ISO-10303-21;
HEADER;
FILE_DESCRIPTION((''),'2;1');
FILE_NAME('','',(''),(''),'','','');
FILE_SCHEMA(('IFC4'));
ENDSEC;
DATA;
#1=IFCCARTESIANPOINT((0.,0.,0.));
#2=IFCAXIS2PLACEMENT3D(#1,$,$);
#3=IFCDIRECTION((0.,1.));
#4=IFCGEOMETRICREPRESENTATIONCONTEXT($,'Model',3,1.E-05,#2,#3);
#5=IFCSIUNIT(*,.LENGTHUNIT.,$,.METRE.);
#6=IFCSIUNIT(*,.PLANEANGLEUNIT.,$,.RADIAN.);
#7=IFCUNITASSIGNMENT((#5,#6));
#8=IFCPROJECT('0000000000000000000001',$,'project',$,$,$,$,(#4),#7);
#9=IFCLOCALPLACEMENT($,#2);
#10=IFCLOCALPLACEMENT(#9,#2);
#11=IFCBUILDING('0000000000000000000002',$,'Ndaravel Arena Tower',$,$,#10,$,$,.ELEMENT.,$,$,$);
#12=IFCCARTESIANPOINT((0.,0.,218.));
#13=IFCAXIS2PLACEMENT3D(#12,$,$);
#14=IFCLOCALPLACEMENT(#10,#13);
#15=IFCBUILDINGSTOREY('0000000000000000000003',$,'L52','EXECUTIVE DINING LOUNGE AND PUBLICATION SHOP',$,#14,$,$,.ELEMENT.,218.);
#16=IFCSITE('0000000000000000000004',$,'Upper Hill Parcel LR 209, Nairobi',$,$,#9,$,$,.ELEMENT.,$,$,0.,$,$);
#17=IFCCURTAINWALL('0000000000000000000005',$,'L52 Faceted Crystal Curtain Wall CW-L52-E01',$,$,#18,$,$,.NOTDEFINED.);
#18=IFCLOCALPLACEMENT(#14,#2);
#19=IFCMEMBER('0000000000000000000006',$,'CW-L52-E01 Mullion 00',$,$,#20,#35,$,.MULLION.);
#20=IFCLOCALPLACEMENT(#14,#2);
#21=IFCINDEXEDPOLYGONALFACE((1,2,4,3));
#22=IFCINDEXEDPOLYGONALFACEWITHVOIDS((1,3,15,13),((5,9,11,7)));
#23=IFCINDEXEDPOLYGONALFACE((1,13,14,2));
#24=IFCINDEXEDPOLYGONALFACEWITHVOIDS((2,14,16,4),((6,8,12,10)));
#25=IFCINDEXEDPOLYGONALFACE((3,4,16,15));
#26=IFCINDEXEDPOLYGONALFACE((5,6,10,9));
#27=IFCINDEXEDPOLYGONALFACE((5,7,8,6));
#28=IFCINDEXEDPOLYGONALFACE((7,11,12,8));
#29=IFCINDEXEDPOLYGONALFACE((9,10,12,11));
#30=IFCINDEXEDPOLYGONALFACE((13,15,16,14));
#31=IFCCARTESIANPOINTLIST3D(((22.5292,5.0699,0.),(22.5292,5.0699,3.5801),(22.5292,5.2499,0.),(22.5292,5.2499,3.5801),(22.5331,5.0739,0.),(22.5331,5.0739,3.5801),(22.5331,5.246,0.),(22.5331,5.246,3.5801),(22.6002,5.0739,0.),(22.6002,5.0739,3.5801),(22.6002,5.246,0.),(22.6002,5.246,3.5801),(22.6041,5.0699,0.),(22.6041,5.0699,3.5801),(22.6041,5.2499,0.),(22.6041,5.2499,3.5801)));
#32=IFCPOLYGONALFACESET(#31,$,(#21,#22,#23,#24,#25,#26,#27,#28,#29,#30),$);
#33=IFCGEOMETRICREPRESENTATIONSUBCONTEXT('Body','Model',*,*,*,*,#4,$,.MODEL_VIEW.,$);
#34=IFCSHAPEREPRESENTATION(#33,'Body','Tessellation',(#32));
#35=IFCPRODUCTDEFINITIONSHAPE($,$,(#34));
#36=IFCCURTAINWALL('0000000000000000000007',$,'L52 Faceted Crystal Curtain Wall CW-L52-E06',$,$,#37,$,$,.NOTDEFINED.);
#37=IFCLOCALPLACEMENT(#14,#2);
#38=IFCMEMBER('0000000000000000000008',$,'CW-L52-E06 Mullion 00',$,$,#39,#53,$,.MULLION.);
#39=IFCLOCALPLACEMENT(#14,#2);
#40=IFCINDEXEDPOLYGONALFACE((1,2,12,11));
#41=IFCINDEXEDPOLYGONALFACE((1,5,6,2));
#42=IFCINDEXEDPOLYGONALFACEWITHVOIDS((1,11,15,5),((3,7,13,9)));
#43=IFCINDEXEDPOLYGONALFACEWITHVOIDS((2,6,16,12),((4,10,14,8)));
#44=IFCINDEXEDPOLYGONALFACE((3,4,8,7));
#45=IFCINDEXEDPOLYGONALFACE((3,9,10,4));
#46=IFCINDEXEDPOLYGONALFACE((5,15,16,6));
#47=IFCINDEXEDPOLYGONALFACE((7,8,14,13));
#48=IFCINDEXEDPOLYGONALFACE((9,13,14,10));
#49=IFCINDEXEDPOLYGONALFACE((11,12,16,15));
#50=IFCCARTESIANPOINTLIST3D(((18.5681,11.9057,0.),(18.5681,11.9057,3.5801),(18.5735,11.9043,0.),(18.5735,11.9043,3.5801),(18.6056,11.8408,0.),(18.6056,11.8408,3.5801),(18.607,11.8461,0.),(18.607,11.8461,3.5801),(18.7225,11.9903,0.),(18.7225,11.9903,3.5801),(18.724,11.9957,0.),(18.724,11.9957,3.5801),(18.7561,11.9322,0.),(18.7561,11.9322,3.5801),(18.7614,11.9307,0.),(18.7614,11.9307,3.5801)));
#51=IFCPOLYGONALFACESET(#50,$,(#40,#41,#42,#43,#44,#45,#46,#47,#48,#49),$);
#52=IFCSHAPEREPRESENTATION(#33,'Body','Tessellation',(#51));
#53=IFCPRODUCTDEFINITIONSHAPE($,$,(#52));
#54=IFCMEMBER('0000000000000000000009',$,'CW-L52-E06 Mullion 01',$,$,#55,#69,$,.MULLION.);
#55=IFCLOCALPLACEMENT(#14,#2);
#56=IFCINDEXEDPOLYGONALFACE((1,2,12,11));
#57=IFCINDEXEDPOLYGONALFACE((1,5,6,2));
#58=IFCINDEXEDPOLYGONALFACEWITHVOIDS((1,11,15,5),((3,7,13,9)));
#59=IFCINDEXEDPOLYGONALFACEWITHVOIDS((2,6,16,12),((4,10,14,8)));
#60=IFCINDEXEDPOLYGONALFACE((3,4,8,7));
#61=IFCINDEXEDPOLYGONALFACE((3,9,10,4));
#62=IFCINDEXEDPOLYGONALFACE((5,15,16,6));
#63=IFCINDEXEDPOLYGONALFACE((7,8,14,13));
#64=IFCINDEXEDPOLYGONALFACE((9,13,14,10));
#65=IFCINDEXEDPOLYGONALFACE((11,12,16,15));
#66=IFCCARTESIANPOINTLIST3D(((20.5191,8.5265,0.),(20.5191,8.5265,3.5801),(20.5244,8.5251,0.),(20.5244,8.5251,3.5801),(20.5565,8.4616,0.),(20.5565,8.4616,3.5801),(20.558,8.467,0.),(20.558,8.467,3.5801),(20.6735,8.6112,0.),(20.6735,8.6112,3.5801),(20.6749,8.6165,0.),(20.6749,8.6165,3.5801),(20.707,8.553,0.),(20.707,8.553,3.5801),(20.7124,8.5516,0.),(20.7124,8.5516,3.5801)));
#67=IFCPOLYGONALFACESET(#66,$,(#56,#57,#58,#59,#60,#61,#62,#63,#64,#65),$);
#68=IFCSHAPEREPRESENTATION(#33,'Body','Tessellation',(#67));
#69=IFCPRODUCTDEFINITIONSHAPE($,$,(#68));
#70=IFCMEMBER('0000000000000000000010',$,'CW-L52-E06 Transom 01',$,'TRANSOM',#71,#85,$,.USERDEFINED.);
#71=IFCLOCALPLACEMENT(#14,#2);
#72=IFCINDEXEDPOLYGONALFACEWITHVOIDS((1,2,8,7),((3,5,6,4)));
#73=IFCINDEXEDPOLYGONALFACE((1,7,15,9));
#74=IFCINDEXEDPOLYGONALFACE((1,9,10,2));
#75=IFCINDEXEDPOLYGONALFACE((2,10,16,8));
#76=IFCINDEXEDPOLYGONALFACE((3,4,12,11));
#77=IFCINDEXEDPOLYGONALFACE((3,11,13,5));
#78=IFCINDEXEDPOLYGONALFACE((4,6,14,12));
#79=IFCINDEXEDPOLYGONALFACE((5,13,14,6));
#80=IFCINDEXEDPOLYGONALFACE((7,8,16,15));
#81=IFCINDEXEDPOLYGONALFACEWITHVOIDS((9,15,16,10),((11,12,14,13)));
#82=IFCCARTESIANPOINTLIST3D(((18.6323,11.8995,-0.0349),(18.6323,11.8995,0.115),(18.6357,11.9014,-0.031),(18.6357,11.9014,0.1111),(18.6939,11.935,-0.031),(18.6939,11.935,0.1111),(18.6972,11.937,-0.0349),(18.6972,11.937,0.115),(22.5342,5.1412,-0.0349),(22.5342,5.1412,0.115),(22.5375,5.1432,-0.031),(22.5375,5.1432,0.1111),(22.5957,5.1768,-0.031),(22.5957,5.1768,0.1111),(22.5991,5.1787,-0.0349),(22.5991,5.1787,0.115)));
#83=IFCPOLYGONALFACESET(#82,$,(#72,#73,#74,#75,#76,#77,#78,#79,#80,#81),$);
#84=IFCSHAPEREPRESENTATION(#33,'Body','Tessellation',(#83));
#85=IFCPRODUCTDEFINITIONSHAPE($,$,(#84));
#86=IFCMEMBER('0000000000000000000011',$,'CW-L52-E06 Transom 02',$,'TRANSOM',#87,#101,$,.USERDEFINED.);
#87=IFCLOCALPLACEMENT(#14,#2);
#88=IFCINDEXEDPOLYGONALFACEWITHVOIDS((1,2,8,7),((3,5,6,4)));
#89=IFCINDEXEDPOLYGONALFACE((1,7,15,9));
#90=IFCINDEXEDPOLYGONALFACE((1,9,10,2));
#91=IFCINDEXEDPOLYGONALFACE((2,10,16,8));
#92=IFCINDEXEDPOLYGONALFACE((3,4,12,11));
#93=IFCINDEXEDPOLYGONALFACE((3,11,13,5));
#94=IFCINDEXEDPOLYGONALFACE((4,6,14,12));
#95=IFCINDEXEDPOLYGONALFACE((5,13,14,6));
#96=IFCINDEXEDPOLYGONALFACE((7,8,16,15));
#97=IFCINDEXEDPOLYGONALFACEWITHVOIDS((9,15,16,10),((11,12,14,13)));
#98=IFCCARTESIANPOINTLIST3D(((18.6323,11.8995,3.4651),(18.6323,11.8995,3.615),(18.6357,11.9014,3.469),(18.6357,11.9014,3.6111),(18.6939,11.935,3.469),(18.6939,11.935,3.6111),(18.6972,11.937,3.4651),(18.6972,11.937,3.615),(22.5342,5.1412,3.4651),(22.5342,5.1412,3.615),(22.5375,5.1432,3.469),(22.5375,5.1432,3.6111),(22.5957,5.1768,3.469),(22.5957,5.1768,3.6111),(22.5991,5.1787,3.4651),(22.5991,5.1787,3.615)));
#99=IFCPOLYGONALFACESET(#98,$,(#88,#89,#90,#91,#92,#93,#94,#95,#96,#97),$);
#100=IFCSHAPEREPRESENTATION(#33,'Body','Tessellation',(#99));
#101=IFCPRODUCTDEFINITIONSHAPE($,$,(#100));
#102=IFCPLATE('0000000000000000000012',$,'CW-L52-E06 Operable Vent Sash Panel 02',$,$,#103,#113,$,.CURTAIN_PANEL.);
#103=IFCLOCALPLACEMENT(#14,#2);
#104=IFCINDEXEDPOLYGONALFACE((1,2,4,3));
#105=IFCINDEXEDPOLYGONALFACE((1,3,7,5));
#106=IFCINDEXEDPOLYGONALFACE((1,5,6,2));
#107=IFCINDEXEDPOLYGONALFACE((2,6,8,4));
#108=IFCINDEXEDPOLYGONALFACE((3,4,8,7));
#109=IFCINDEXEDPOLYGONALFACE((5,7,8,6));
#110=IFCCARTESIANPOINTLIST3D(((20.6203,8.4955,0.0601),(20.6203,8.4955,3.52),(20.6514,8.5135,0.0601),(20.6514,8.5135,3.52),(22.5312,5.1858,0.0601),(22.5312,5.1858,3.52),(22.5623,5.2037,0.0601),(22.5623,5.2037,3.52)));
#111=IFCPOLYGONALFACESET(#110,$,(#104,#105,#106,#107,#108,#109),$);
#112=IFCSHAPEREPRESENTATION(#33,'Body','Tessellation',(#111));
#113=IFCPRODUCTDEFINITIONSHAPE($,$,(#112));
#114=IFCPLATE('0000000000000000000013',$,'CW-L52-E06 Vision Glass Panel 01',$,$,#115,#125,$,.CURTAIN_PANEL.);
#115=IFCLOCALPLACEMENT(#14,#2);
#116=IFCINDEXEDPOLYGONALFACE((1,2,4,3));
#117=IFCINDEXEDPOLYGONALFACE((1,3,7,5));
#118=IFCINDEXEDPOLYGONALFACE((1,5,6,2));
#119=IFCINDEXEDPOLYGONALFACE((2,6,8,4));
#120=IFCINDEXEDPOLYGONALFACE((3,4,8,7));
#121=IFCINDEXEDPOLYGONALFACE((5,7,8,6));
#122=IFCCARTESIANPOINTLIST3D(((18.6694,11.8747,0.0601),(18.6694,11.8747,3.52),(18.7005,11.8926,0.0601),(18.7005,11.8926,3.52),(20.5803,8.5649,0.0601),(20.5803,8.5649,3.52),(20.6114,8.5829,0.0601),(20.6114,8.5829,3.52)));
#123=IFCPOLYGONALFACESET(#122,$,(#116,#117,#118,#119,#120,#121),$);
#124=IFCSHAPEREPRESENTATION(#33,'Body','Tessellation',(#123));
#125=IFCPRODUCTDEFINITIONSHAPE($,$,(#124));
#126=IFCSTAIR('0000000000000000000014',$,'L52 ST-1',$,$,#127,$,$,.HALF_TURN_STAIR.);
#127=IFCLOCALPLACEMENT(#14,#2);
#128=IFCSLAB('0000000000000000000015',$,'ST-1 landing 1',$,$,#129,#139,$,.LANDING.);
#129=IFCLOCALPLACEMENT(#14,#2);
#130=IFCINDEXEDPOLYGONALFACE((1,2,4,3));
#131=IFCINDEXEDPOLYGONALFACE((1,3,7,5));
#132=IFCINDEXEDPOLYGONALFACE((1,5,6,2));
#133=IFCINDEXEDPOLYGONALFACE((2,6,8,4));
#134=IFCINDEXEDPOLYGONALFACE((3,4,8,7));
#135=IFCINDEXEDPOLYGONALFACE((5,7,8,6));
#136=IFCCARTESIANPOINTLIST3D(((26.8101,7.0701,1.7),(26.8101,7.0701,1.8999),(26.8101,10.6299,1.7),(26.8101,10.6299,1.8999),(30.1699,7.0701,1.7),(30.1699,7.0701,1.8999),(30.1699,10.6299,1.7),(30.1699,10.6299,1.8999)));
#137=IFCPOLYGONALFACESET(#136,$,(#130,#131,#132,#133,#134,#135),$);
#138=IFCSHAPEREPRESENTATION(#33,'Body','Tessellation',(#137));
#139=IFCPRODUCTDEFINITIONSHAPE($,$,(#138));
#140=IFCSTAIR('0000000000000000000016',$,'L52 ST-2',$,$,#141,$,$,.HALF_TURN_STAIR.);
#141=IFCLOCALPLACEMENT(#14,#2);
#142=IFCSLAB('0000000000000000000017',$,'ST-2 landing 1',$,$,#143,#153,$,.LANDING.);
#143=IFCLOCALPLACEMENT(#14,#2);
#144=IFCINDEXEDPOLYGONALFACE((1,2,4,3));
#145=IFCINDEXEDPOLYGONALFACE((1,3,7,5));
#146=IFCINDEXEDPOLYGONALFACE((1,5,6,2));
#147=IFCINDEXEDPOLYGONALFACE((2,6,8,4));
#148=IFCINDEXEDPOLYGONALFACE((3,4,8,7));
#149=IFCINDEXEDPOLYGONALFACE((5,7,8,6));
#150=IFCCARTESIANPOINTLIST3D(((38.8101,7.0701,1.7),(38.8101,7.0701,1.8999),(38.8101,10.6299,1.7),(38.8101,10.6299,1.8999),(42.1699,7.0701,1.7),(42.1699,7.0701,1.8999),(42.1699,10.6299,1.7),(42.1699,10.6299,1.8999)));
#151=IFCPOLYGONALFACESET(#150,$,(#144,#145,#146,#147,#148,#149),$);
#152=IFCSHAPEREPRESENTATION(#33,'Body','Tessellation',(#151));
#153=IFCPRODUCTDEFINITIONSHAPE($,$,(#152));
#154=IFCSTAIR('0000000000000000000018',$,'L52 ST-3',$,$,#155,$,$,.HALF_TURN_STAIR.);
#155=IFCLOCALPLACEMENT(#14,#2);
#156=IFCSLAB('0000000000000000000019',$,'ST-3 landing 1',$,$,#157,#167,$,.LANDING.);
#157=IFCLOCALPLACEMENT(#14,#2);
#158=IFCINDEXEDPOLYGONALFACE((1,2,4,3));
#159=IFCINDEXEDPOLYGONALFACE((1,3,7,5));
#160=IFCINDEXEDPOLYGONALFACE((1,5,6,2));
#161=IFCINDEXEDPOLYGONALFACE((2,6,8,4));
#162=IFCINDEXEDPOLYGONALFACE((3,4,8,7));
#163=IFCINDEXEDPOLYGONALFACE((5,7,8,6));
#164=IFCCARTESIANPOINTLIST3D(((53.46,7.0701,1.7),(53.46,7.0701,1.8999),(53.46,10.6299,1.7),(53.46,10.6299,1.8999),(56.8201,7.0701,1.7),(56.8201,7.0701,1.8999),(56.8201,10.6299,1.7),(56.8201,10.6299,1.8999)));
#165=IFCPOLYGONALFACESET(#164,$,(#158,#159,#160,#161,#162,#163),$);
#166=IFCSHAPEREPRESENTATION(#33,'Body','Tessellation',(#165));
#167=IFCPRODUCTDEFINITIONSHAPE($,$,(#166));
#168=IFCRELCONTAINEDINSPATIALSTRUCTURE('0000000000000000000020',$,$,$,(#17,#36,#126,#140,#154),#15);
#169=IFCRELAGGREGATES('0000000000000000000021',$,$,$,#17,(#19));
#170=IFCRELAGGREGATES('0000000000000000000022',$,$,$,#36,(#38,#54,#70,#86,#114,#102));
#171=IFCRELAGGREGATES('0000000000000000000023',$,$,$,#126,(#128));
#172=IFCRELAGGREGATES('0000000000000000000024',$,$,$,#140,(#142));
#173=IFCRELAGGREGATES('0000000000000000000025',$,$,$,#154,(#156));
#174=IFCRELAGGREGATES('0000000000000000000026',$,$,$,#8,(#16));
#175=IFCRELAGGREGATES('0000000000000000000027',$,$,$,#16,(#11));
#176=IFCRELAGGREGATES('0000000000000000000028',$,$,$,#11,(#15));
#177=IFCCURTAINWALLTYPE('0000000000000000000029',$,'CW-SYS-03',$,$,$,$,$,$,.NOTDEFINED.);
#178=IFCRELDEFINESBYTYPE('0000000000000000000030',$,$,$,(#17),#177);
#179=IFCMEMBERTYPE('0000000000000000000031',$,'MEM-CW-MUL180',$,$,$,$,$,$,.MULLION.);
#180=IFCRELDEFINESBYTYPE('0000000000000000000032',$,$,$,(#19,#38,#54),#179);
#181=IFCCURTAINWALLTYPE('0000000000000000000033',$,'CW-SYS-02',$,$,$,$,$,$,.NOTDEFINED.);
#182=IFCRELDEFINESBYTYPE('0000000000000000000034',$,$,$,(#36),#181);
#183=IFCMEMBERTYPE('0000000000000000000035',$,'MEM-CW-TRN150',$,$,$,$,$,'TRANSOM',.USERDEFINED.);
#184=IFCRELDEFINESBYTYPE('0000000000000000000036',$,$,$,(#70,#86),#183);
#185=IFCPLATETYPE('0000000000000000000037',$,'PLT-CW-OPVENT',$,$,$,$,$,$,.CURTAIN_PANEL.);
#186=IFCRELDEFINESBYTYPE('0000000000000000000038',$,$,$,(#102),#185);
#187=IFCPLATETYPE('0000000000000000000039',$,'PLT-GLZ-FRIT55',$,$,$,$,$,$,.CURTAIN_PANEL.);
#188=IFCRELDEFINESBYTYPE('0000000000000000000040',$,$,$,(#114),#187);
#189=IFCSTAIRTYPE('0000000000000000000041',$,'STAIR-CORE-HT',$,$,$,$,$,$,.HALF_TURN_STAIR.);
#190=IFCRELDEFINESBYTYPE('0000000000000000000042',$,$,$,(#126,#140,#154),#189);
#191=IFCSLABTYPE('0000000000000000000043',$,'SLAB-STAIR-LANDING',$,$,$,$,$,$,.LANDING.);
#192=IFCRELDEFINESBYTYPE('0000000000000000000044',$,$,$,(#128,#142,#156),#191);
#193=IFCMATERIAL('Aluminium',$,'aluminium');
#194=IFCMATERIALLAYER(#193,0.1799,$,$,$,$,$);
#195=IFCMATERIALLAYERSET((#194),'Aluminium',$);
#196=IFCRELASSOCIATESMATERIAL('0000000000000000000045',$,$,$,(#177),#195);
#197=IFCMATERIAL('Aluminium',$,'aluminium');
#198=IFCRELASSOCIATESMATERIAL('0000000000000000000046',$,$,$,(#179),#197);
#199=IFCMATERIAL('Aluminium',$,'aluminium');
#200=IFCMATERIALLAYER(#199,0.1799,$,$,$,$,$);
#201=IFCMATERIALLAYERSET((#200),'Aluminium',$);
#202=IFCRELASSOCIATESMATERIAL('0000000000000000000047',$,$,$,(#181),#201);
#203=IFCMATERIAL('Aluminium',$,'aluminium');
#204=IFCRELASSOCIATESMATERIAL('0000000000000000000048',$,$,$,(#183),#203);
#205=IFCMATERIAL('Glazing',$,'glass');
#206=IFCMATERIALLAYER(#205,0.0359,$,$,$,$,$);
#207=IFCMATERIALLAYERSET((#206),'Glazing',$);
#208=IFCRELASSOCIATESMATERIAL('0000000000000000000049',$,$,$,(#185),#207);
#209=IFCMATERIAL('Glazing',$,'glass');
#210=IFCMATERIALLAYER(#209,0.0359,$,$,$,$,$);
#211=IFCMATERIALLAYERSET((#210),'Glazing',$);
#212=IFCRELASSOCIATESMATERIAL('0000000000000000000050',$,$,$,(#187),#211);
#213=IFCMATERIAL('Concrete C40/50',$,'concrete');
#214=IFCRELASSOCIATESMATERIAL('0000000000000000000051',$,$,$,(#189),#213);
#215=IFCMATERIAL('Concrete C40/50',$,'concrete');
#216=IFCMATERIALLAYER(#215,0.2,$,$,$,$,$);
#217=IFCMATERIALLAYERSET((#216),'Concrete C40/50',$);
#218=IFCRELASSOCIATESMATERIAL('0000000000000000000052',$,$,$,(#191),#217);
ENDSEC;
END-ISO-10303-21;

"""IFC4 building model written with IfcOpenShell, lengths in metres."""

from ifc_helpers import new_model, si_unit, direction, frame, origin, origin_2d, place, context, subcontext, project, spatial, polyline, rectangle, hollow_rectangle, outline, extrude, material, layer, layer_set, material_profile, profile_set, type_object, element, aggregate, save


model = new_model("IFC4")

# Units and contexts
model_context = context("Model", 3, precision=1e-05, world=origin(), true_north=direction((0.0, 1.0)))
body_context = subcontext(model_context, "Body", "Model", "MODEL_VIEW")
ifc_project = project(units=[si_unit("LENGTHUNIT", "METRE"), si_unit("PLANEANGLEUNIT", "RADIAN")], contexts=[model_context])

# Site, building, storey
site_placement = place(None, origin())
site = spatial("IfcSite", under=ifc_project, at=site_placement, Name="Upper Hill Parcel LR 209, Nairobi", CompositionType="ELEMENT", RefElevation=0.0)
building_placement = place(site_placement, origin())
building = spatial("IfcBuilding", under=site, at=building_placement, Name="Ndaravel Arena Tower", CompositionType="ELEMENT")
storey_placement = place(building_placement, frame((0.0, 0.0, 218.0)))
storey = spatial("IfcBuildingStorey", under=building, at=storey_placement, Name="L52", Description="EXECUTIVE DINING LOUNGE AND PUBLICATION SHOP", CompositionType="ELEMENT", Elevation=218.0)

# Curtain wall, member
ifc_material_1 = material(Name="Aluminium", Category="aluminium")
ifc_layer_1 = layer(ifc_material_1, 0.1799)
ifc_layer_set_1 = layer_set([ifc_layer_1], Name="Aluminium")
curtain_wall_type_1 = type_object("IfcCurtainWallType", Name="CW-SYS-03", PredefinedType="NOTDEFINED", material=ifc_layer_set_1)
curtain_wall_1_placement = place(storey_placement, origin())
curtain_wall_1 = element("IfcCurtainWall", 1, at=curtain_wall_1_placement, inside=storey, type_object=curtain_wall_type_1, Name="L52 Faceted Crystal Curtain Wall CW-L52-E01", PredefinedType="NOTDEFINED")
ifc_material_2 = material(Name="Aluminium", Category="aluminium")
ifc_material_profile_1 = material_profile(ifc_material_2, hollow_rectangle(XDim=0.075, YDim=0.1799, WallThickness=0.0039, at=origin_2d()), Name="CW MULLION 75x180x4")
ifc_profile_set_1 = profile_set([ifc_material_profile_1], Name="Aluminium")
member_type_1 = type_object("IfcMemberType", Name="MEM-CW-MUL180", PredefinedType="MULLION", material=ifc_profile_set_1)
member_1_placement = place(storey_placement, frame((22.5667, 5.1599, 0.0), z_axis=(0.0, 0.0, 1.0), x_axis=(1.0, 0.0, 0.0)))
member_1 = element("IfcMember", 2, at=member_1_placement, type_object=member_type_1, Name="CW-L52-E01 Mullion 00", PredefinedType="MULLION", context=body_context, shape_type="SweptSolid", body=[
    extrude(hollow_rectangle(XDim=0.075, YDim=0.1799, WallThickness=0.0039, at=origin_2d()), origin(), (0.0, 0.0, 1.0), 3.5801),
])
aggregate(curtain_wall_1, [member_1])

# Curtain wall, members, plates
ifc_material_3 = material(Name="Aluminium", Category="aluminium")
ifc_layer_2 = layer(ifc_material_3, 0.1799)
ifc_layer_set_2 = layer_set([ifc_layer_2], Name="Aluminium")
curtain_wall_type_2 = type_object("IfcCurtainWallType", Name="CW-SYS-02", PredefinedType="NOTDEFINED", material=ifc_layer_set_2)
curtain_wall_2_placement = place(storey_placement, origin())
curtain_wall_2 = element("IfcCurtainWall", 3, at=curtain_wall_2_placement, inside=storey, type_object=curtain_wall_type_2, Name="L52 Faceted Crystal Curtain Wall CW-L52-E06", PredefinedType="NOTDEFINED")
member_2_placement = place(storey_placement, frame((18.6648, 11.9182, 0.0), z_axis=(0.0, 0.0, 1.0), x_axis=(0.5, -0.866025, 0.0)))
member_2 = element("IfcMember", 4, at=member_2_placement, type_object=member_type_1, Name="CW-L52-E06 Mullion 00", PredefinedType="MULLION", context=body_context, shape_type="SweptSolid", body=[
    extrude(hollow_rectangle(XDim=0.075, YDim=0.1799, WallThickness=0.0039, at=origin_2d()), origin(), (0.0, 0.0, 1.0), 3.5801),
])
member_3_placement = place(storey_placement, frame((20.6157, 8.5391, 0.0), z_axis=(0.0, 0.0, 1.0), x_axis=(0.5, -0.866025, 0.0)))
member_3 = element("IfcMember", 5, at=member_3_placement, type_object=member_type_1, Name="CW-L52-E06 Mullion 01", PredefinedType="MULLION", context=body_context, shape_type="SweptSolid", body=[
    extrude(hollow_rectangle(XDim=0.075, YDim=0.1799, WallThickness=0.0039, at=origin_2d()), origin(), (0.0, 0.0, 1.0), 3.5801),
])
ifc_material_4 = material(Name="Aluminium", Category="aluminium")
ifc_material_profile_2 = material_profile(ifc_material_4, hollow_rectangle(XDim=0.075, YDim=0.1499, WallThickness=0.0039, at=origin_2d()), Name="CW TRANSOM 75x150x4")
ifc_profile_set_2 = profile_set([ifc_material_profile_2], Name="Aluminium")
member_type_2 = type_object("IfcMemberType", Name="MEM-CW-TRN150", ElementType="TRANSOM", PredefinedType="USERDEFINED", material=ifc_profile_set_2)
member_4_placement = place(storey_placement, frame((18.6648, 11.9182, 0.04), z_axis=(0.499995, -0.866028, 0.0), x_axis=(0.866028, 0.499995, 0.0)))
member_4 = element("IfcMember", 6, at=member_4_placement, type_object=member_type_2, Name="CW-L52-E06 Transom 01", ObjectType="TRANSOM", PredefinedType="USERDEFINED", context=body_context, shape_type="SweptSolid", body=[
    extrude(hollow_rectangle(XDim=0.075, YDim=0.1499, WallThickness=0.0039, at=origin_2d()), origin(), (0.0, 0.0, 1.0), 7.8037),
])
member_5_placement = place(storey_placement, frame((18.6648, 11.9182, 3.54), z_axis=(0.499995, -0.866028, 0.0), x_axis=(0.866028, 0.499995, 0.0)))
member_5 = element("IfcMember", 7, at=member_5_placement, type_object=member_type_2, Name="CW-L52-E06 Transom 02", ObjectType="TRANSOM", PredefinedType="USERDEFINED", context=body_context, shape_type="SweptSolid", body=[
    extrude(hollow_rectangle(XDim=0.075, YDim=0.1499, WallThickness=0.0039, at=origin_2d()), origin(), (0.0, 0.0, 1.0), 7.8037),
])
ifc_material_5 = material(Name="Glazing", Category="glass")
ifc_layer_3 = layer(ifc_material_5, 0.0359)
ifc_layer_set_3 = layer_set([ifc_layer_3], Name="Glazing")
plate_type_1 = type_object("IfcPlateType", Name="PLT-CW-OPVENT", PredefinedType="CURTAIN_PANEL", material=ifc_layer_set_3)
plate_1_placement = place(storey_placement, frame((21.5913, 6.8496, 0.0601), z_axis=(0.0, 0.0, 1.0), x_axis=(0.5, -0.866025, 0.0)))
plate_1 = element("IfcPlate", 8, at=plate_1_placement, type_object=plate_type_1, Name="CW-L52-E06 Operable Vent Sash Panel 02", PredefinedType="CURTAIN_PANEL", context=body_context, shape_type="SweptSolid", body=[
    extrude(rectangle(XDim=3.8218, YDim=0.0359, at=origin_2d()), origin(), (0.0, 0.0, 1.0), 3.46),
])
ifc_material_6 = material(Name="Glazing", Category="glass")
ifc_layer_4 = layer(ifc_material_6, 0.0359)
ifc_layer_set_4 = layer_set([ifc_layer_4], Name="Glazing")
plate_type_2 = type_object("IfcPlateType", Name="PLT-GLZ-FRIT55", PredefinedType="CURTAIN_PANEL", material=ifc_layer_set_4)
plate_2_placement = place(storey_placement, frame((19.6404, 10.2288, 0.0601), z_axis=(0.0, 0.0, 1.0), x_axis=(0.5, -0.866025, 0.0)))
plate_2 = element("IfcPlate", 9, at=plate_2_placement, type_object=plate_type_2, Name="CW-L52-E06 Vision Glass Panel 01", PredefinedType="CURTAIN_PANEL", context=body_context, shape_type="SweptSolid", body=[
    extrude(rectangle(XDim=3.8218, YDim=0.0359, at=origin_2d()), origin(), (0.0, 0.0, 1.0), 3.46),
])
aggregate(curtain_wall_2, [member_2, member_3, member_4, member_5, plate_2, plate_1])

# Stairs, slabs
ifc_material_7 = material(Name="Concrete C40/50", Category="concrete")
stair_type = type_object("IfcStairType", Name="STAIR-CORE-HT", PredefinedType="HALF_TURN_STAIR", material=ifc_material_7)
stair_1_placement = place(storey_placement, origin())
stair_1 = element("IfcStair", 10, at=stair_1_placement, inside=storey, type_object=stair_type, Name="L52 ST-1", PredefinedType="HALF_TURN_STAIR")
ifc_material_8 = material(Name="Concrete C40/50", Category="concrete")
ifc_layer_5 = layer(ifc_material_8, 0.2)
ifc_layer_set_5 = layer_set([ifc_layer_5], Name="Concrete C40/50")
slab_type_1 = type_object("IfcSlabType", Name="SLAB-STAIR-LANDING", PredefinedType="LANDING", material=ifc_layer_set_5)
slab_1_placement = place(storey_placement, frame((0.0, 0.0, 1.7)))
slab_1 = element("IfcSlab", 11, at=slab_1_placement, type_object=slab_type_1, Name="ST-1 landing 1", PredefinedType="LANDING", context=body_context, shape_type="SweptSolid", body=[
    extrude(outline(polyline([(26.8101, 10.6299), (26.8101, 7.0701), (30.1699, 7.0701), (30.1699, 10.6299), (26.8101, 10.6299)])), origin(), (0.0, 0.0, 1.0), 0.2),
])
aggregate(stair_1, [slab_1])
stair_2_placement = place(storey_placement, origin())
stair_2 = element("IfcStair", 12, at=stair_2_placement, inside=storey, type_object=stair_type, Name="L52 ST-2", PredefinedType="HALF_TURN_STAIR")
slab_2_placement = place(storey_placement, frame((0.0, 0.0, 1.7)))
slab_2 = element("IfcSlab", 13, at=slab_2_placement, type_object=slab_type_1, Name="ST-2 landing 1", PredefinedType="LANDING", context=body_context, shape_type="SweptSolid", body=[
    extrude(outline(polyline([(38.8101, 10.6299), (38.8101, 7.0701), (42.1699, 7.0701), (42.1699, 10.6299), (38.8101, 10.6299)])), origin(), (0.0, 0.0, 1.0), 0.2),
])
aggregate(stair_2, [slab_2])
stair_3_placement = place(storey_placement, origin())
stair_3 = element("IfcStair", 14, at=stair_3_placement, inside=storey, type_object=stair_type, Name="L52 ST-3", PredefinedType="HALF_TURN_STAIR")
slab_3_placement = place(storey_placement, frame((0.0, 0.0, 1.7)))
slab_3 = element("IfcSlab", 15, at=slab_3_placement, type_object=slab_type_1, Name="ST-3 landing 1", PredefinedType="LANDING", context=body_context, shape_type="SweptSolid", body=[
    extrude(outline(polyline([(53.46, 10.6299), (53.46, 7.0701), (56.8201, 7.0701), (56.8201, 10.6299), (53.46, 10.6299)])), origin(), (0.0, 0.0, 1.0), 0.2),
])
aggregate(stair_3, [slab_3])

save(model, "model.ifc")
